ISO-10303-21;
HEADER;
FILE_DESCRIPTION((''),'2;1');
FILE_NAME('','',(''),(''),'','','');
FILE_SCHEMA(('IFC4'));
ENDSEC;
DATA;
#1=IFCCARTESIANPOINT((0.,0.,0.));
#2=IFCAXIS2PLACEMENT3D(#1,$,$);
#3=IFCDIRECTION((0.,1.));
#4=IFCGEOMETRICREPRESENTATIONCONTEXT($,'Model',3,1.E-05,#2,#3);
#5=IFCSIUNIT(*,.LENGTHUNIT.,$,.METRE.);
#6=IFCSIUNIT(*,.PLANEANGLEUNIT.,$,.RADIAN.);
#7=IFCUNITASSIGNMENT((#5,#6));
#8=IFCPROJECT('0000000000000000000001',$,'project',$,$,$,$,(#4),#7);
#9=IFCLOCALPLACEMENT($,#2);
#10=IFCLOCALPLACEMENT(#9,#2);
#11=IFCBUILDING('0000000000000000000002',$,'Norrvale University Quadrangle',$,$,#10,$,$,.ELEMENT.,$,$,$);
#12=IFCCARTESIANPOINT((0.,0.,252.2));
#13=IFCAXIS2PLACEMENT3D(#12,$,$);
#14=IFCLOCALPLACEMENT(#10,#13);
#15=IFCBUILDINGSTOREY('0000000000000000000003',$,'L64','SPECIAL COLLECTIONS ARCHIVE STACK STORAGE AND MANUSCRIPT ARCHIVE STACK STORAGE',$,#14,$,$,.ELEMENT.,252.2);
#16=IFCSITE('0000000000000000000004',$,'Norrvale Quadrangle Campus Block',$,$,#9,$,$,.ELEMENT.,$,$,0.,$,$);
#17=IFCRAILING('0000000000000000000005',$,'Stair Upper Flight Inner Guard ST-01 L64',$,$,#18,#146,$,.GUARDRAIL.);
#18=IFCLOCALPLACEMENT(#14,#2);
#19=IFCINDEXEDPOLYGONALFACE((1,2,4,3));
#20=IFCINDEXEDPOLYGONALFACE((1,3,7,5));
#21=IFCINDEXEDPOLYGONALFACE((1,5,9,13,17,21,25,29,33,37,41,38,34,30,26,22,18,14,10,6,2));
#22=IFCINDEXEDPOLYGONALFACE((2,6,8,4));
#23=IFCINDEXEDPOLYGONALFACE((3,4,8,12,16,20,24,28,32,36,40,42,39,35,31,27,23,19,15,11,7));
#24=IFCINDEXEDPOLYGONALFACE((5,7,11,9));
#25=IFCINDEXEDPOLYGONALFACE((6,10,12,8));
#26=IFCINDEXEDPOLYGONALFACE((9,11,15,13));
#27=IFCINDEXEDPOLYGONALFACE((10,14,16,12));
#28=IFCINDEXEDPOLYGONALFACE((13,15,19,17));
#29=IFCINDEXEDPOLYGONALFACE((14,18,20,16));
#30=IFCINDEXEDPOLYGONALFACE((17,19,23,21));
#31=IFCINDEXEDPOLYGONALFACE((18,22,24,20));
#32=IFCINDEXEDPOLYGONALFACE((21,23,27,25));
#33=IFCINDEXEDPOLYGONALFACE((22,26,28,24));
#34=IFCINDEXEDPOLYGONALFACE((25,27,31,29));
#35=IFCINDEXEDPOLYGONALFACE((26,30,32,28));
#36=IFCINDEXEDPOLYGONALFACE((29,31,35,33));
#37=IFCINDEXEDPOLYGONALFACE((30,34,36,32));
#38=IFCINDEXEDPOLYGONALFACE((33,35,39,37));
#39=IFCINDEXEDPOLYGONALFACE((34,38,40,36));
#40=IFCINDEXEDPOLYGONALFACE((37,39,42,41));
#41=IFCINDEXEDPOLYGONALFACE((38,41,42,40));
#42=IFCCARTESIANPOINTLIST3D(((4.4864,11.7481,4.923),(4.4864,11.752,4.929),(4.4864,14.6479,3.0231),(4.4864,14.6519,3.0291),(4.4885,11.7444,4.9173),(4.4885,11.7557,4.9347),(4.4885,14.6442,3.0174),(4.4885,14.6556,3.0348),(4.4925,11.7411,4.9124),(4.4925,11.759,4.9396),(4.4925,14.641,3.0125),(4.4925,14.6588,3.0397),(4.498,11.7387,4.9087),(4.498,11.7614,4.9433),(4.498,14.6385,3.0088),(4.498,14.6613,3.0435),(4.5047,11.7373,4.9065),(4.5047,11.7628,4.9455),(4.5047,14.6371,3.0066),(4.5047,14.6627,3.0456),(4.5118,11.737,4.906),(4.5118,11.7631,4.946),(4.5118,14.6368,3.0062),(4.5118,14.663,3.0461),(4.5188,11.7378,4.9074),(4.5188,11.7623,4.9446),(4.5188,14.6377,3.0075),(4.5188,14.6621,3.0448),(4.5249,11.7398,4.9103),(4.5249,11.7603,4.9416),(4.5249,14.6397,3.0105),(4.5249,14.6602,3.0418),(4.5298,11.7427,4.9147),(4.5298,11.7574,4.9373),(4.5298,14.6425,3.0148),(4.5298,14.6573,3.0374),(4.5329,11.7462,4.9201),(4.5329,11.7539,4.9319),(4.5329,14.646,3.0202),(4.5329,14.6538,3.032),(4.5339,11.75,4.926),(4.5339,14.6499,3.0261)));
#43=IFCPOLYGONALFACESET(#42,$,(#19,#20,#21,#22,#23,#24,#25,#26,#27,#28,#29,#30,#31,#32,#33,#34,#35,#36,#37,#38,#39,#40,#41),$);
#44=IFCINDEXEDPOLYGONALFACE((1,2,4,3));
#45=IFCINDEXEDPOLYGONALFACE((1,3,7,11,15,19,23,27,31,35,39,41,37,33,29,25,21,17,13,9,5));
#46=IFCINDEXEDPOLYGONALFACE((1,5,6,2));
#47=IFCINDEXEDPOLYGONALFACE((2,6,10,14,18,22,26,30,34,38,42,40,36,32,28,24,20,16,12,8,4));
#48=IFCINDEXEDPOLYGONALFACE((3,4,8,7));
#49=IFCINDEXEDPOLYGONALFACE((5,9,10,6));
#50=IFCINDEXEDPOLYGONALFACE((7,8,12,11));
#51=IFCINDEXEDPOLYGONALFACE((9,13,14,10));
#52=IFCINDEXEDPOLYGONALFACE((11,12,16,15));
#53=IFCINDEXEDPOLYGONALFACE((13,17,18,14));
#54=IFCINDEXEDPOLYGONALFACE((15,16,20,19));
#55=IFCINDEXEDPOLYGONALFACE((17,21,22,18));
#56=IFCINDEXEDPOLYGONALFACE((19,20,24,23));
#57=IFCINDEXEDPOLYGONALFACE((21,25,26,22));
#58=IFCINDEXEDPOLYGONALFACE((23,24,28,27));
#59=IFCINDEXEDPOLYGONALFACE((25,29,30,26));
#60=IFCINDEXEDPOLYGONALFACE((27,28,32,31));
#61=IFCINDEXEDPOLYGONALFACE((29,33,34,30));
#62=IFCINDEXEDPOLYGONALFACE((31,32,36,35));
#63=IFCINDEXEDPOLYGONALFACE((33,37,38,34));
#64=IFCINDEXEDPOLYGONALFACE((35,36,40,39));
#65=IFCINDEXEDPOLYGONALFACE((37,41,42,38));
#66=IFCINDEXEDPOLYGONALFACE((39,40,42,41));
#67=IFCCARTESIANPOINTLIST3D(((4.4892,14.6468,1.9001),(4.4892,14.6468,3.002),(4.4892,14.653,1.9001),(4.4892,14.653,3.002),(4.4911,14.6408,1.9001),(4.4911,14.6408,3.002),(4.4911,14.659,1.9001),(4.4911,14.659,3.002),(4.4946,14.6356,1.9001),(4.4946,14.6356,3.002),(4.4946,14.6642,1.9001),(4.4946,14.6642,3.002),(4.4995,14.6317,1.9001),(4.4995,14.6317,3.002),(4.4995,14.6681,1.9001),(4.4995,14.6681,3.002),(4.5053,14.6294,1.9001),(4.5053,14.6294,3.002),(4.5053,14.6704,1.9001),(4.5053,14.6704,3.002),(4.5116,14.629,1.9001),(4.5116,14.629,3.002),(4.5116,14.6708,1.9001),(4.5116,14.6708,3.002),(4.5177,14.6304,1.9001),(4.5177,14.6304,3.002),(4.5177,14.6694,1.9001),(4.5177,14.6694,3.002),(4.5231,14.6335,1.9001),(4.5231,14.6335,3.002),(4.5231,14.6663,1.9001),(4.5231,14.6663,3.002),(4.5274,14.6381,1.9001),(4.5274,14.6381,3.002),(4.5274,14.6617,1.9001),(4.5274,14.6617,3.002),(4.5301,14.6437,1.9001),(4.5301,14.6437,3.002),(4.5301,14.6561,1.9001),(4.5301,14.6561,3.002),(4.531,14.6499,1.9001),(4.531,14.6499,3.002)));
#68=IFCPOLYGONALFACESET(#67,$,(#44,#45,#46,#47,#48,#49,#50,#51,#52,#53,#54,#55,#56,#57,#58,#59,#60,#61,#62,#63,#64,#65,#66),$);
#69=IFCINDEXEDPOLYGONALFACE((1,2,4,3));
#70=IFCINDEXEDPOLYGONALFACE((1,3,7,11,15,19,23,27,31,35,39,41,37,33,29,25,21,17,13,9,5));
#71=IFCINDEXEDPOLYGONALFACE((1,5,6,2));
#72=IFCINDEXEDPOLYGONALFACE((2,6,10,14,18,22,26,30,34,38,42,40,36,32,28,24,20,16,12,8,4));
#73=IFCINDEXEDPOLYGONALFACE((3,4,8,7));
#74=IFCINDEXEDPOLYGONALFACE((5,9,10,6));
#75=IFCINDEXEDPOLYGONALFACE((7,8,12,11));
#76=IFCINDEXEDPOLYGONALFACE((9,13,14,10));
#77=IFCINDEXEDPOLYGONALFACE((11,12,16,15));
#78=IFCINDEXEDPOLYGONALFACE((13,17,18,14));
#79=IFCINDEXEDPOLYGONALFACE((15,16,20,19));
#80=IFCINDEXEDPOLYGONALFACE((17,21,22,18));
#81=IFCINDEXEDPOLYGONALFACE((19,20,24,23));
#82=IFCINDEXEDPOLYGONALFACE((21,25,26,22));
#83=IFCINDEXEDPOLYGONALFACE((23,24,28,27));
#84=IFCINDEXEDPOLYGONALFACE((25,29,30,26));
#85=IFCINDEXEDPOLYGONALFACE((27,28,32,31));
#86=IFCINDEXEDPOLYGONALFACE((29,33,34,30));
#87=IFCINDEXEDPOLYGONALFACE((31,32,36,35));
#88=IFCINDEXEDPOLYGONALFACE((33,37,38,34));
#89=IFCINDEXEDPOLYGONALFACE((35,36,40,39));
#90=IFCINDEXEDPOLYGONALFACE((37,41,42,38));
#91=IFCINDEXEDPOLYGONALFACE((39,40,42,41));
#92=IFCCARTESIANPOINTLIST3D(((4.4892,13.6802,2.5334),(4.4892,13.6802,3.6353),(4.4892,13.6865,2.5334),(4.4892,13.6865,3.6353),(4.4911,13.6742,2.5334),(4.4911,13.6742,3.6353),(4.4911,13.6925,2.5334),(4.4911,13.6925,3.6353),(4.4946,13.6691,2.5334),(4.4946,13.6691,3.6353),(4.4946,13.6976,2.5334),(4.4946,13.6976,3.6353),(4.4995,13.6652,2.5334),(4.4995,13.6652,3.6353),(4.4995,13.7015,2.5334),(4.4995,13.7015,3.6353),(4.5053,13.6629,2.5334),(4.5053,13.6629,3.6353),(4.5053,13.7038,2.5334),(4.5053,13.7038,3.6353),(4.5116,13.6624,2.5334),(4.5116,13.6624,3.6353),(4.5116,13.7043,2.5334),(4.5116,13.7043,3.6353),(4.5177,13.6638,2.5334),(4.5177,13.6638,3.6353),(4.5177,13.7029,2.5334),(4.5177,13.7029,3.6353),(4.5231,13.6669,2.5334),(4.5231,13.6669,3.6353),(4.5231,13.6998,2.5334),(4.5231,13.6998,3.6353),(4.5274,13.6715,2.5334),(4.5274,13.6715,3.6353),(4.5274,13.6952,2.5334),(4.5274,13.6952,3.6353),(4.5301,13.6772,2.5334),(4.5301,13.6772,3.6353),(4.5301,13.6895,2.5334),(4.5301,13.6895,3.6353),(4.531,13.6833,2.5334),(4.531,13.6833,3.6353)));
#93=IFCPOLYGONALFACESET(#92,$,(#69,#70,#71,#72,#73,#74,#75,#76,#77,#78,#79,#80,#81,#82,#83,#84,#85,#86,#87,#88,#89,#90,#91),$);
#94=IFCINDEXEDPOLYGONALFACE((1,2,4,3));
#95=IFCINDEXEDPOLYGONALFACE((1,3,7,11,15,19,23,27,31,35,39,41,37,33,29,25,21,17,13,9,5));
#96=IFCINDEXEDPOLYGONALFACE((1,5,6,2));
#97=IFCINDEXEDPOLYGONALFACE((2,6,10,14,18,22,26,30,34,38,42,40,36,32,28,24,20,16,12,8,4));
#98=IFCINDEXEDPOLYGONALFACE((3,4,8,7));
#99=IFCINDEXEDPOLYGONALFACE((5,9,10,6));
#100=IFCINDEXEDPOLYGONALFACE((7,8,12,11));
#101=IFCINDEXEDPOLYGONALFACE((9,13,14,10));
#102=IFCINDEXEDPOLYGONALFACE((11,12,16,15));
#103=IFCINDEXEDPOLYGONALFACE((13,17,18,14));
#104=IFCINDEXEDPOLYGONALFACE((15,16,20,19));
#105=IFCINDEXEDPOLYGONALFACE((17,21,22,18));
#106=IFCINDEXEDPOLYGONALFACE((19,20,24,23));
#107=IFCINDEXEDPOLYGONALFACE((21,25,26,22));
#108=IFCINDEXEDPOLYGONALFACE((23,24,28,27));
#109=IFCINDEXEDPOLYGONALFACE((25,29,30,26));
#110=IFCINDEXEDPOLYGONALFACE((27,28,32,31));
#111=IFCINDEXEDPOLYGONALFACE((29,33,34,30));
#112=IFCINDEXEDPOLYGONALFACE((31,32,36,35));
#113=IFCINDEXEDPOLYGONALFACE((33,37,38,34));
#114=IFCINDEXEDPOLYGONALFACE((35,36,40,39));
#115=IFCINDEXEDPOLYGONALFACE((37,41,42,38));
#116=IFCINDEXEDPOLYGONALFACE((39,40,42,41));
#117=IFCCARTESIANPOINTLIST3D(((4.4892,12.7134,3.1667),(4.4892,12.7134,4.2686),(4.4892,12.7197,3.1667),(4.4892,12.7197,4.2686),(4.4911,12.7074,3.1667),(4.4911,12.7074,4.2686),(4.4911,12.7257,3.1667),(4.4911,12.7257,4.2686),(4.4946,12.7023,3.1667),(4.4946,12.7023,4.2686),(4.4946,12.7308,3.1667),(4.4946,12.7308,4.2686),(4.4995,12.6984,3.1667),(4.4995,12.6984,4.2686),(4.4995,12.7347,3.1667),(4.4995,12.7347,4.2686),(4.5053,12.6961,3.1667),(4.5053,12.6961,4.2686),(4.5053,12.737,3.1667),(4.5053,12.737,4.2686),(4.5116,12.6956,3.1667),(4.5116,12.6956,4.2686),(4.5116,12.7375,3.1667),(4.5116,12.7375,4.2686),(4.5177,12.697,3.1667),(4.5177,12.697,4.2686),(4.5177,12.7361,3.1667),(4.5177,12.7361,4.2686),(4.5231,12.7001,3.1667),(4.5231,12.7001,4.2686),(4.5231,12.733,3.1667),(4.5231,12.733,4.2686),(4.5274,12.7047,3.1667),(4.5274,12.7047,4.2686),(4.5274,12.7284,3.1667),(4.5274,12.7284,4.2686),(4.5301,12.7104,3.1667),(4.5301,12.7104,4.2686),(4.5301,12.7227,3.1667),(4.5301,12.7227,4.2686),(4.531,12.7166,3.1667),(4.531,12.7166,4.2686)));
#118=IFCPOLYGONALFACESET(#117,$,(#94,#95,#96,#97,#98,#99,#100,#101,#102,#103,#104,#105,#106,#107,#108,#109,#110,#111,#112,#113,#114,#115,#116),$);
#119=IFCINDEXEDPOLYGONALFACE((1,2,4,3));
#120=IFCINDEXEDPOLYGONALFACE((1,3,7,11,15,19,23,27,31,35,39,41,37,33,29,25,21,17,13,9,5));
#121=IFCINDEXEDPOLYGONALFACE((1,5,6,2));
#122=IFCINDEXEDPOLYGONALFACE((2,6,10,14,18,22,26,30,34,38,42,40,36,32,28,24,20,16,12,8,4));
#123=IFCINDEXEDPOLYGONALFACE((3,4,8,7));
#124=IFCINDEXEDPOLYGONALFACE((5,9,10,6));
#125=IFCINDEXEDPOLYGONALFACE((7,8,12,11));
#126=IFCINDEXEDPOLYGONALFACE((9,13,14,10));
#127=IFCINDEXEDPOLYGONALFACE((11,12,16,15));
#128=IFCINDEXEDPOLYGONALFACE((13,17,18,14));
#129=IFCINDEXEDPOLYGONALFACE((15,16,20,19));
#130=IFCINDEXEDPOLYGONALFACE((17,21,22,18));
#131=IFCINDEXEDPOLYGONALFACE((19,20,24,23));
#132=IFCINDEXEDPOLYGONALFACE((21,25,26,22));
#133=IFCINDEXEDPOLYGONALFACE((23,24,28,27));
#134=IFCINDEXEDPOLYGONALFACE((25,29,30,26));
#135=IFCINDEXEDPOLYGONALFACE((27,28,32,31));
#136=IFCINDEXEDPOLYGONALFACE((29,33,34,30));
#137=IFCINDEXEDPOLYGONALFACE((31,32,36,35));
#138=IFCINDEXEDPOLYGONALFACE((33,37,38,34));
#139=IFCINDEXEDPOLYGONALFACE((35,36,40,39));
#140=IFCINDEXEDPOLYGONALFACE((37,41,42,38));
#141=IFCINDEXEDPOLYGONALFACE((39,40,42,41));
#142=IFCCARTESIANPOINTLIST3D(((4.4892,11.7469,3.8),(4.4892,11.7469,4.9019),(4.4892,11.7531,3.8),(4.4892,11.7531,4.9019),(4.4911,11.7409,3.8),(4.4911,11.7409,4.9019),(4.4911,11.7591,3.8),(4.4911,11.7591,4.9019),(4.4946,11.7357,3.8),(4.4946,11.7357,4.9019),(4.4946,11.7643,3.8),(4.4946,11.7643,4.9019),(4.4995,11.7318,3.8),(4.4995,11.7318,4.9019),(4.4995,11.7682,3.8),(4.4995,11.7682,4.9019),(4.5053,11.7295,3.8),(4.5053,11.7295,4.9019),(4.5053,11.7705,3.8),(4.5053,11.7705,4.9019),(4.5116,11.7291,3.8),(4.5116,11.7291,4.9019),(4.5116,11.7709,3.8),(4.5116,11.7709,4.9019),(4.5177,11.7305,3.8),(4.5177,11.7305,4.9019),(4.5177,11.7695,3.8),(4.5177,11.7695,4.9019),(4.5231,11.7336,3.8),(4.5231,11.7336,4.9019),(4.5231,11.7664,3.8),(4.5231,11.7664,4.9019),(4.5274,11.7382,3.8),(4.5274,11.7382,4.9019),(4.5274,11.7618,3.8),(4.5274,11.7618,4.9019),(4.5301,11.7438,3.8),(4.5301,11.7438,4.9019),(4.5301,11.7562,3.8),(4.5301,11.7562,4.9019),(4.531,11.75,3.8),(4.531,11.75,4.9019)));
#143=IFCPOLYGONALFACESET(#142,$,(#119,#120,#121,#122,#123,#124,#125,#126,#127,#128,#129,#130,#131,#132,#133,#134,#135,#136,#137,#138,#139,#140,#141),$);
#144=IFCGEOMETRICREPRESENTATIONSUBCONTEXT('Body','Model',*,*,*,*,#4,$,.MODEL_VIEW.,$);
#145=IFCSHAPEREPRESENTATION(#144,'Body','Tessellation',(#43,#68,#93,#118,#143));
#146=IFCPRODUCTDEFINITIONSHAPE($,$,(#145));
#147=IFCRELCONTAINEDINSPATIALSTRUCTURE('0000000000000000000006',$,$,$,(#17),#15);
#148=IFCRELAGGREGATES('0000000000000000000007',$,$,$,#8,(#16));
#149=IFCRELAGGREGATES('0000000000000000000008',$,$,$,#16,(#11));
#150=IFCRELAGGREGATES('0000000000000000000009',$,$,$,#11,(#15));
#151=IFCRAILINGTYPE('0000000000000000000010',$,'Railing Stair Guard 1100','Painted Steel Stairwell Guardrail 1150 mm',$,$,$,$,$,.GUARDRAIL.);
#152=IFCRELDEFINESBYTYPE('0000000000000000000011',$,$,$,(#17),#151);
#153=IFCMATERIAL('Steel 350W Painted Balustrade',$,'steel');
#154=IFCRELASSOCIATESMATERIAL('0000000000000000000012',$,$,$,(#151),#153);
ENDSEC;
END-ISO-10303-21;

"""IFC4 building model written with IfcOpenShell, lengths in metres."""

from ifc_helpers import new_model, si_unit, direction, frame, origin, origin_2d, place, context, subcontext, project, spatial, circle, extrude, material, type_object, element, save


model = new_model("IFC4")

# Units and contexts
model_context = context("Model", 3, precision=1e-05, world=origin(), true_north=direction((0.0, 1.0)))
body_context = subcontext(model_context, "Body", "Model", "MODEL_VIEW")
ifc_project = project(units=[si_unit("LENGTHUNIT", "METRE"), si_unit("PLANEANGLEUNIT", "RADIAN")], contexts=[model_context])

# Site, building, storey
site_placement = place(None, origin())
site = spatial("IfcSite", under=ifc_project, at=site_placement, Name="Norrvale Quadrangle Campus Block", CompositionType="ELEMENT", RefElevation=0.0)
building_placement = place(site_placement, origin())
building = spatial("IfcBuilding", under=site, at=building_placement, Name="Norrvale University Quadrangle", CompositionType="ELEMENT")
storey_placement = place(building_placement, frame((0.0, 0.0, 252.2)))
storey = spatial("IfcBuildingStorey", under=building, at=storey_placement, Name="L64", Description="SPECIAL COLLECTIONS ARCHIVE STACK STORAGE AND MANUSCRIPT ARCHIVE STACK STORAGE", CompositionType="ELEMENT", Elevation=252.2)

# Railing
ifc_material_1 = material(Name="Steel 350W Painted Balustrade", Category="steel")
railing_type_1 = type_object("IfcRailingType", Name="Railing Stair Guard 1100", Description="Painted Steel Stairwell Guardrail 1150 mm", PredefinedType="GUARDRAIL", material=ifc_material_1)
railing_1_placement = place(storey_placement, frame((4.51, 14.6499, 1.9001)))
element("IfcRailing", 1, at=railing_1_placement, inside=storey, type_object=railing_type_1, Name="Stair Upper Flight Inner Guard ST-01 L64", PredefinedType="GUARDRAIL", context=body_context, shape_type="SweptSolid", body=[
    extrude(circle(Radius=0.0239, at=origin_2d()), frame((0.0, 0.0, 1.126), z_axis=(0.0, -0.836466, 0.548019), x_axis=(1.0, 0.0, 0.0)), (0.0, 0.0, 1.0), 3.4668),
    extrude(circle(Radius=0.021, at=origin_2d()), origin(), (0.0, 0.0, 1.0), 1.1018),
    extrude(circle(Radius=0.021, at=origin_2d()), frame((0.0, -0.9666, 0.6333)), (0.0, 0.0, 1.0), 1.1018),
    extrude(circle(Radius=0.021, at=origin_2d()), frame((0.0, -1.9333, 1.2666)), (0.0, 0.0, 1.0), 1.1018),
    extrude(circle(Radius=0.021, at=origin_2d()), frame((0.0, -2.8999, 1.8999)), (0.0, 0.0, 1.0), 1.1018),
])

save(model, "model.ifc")
